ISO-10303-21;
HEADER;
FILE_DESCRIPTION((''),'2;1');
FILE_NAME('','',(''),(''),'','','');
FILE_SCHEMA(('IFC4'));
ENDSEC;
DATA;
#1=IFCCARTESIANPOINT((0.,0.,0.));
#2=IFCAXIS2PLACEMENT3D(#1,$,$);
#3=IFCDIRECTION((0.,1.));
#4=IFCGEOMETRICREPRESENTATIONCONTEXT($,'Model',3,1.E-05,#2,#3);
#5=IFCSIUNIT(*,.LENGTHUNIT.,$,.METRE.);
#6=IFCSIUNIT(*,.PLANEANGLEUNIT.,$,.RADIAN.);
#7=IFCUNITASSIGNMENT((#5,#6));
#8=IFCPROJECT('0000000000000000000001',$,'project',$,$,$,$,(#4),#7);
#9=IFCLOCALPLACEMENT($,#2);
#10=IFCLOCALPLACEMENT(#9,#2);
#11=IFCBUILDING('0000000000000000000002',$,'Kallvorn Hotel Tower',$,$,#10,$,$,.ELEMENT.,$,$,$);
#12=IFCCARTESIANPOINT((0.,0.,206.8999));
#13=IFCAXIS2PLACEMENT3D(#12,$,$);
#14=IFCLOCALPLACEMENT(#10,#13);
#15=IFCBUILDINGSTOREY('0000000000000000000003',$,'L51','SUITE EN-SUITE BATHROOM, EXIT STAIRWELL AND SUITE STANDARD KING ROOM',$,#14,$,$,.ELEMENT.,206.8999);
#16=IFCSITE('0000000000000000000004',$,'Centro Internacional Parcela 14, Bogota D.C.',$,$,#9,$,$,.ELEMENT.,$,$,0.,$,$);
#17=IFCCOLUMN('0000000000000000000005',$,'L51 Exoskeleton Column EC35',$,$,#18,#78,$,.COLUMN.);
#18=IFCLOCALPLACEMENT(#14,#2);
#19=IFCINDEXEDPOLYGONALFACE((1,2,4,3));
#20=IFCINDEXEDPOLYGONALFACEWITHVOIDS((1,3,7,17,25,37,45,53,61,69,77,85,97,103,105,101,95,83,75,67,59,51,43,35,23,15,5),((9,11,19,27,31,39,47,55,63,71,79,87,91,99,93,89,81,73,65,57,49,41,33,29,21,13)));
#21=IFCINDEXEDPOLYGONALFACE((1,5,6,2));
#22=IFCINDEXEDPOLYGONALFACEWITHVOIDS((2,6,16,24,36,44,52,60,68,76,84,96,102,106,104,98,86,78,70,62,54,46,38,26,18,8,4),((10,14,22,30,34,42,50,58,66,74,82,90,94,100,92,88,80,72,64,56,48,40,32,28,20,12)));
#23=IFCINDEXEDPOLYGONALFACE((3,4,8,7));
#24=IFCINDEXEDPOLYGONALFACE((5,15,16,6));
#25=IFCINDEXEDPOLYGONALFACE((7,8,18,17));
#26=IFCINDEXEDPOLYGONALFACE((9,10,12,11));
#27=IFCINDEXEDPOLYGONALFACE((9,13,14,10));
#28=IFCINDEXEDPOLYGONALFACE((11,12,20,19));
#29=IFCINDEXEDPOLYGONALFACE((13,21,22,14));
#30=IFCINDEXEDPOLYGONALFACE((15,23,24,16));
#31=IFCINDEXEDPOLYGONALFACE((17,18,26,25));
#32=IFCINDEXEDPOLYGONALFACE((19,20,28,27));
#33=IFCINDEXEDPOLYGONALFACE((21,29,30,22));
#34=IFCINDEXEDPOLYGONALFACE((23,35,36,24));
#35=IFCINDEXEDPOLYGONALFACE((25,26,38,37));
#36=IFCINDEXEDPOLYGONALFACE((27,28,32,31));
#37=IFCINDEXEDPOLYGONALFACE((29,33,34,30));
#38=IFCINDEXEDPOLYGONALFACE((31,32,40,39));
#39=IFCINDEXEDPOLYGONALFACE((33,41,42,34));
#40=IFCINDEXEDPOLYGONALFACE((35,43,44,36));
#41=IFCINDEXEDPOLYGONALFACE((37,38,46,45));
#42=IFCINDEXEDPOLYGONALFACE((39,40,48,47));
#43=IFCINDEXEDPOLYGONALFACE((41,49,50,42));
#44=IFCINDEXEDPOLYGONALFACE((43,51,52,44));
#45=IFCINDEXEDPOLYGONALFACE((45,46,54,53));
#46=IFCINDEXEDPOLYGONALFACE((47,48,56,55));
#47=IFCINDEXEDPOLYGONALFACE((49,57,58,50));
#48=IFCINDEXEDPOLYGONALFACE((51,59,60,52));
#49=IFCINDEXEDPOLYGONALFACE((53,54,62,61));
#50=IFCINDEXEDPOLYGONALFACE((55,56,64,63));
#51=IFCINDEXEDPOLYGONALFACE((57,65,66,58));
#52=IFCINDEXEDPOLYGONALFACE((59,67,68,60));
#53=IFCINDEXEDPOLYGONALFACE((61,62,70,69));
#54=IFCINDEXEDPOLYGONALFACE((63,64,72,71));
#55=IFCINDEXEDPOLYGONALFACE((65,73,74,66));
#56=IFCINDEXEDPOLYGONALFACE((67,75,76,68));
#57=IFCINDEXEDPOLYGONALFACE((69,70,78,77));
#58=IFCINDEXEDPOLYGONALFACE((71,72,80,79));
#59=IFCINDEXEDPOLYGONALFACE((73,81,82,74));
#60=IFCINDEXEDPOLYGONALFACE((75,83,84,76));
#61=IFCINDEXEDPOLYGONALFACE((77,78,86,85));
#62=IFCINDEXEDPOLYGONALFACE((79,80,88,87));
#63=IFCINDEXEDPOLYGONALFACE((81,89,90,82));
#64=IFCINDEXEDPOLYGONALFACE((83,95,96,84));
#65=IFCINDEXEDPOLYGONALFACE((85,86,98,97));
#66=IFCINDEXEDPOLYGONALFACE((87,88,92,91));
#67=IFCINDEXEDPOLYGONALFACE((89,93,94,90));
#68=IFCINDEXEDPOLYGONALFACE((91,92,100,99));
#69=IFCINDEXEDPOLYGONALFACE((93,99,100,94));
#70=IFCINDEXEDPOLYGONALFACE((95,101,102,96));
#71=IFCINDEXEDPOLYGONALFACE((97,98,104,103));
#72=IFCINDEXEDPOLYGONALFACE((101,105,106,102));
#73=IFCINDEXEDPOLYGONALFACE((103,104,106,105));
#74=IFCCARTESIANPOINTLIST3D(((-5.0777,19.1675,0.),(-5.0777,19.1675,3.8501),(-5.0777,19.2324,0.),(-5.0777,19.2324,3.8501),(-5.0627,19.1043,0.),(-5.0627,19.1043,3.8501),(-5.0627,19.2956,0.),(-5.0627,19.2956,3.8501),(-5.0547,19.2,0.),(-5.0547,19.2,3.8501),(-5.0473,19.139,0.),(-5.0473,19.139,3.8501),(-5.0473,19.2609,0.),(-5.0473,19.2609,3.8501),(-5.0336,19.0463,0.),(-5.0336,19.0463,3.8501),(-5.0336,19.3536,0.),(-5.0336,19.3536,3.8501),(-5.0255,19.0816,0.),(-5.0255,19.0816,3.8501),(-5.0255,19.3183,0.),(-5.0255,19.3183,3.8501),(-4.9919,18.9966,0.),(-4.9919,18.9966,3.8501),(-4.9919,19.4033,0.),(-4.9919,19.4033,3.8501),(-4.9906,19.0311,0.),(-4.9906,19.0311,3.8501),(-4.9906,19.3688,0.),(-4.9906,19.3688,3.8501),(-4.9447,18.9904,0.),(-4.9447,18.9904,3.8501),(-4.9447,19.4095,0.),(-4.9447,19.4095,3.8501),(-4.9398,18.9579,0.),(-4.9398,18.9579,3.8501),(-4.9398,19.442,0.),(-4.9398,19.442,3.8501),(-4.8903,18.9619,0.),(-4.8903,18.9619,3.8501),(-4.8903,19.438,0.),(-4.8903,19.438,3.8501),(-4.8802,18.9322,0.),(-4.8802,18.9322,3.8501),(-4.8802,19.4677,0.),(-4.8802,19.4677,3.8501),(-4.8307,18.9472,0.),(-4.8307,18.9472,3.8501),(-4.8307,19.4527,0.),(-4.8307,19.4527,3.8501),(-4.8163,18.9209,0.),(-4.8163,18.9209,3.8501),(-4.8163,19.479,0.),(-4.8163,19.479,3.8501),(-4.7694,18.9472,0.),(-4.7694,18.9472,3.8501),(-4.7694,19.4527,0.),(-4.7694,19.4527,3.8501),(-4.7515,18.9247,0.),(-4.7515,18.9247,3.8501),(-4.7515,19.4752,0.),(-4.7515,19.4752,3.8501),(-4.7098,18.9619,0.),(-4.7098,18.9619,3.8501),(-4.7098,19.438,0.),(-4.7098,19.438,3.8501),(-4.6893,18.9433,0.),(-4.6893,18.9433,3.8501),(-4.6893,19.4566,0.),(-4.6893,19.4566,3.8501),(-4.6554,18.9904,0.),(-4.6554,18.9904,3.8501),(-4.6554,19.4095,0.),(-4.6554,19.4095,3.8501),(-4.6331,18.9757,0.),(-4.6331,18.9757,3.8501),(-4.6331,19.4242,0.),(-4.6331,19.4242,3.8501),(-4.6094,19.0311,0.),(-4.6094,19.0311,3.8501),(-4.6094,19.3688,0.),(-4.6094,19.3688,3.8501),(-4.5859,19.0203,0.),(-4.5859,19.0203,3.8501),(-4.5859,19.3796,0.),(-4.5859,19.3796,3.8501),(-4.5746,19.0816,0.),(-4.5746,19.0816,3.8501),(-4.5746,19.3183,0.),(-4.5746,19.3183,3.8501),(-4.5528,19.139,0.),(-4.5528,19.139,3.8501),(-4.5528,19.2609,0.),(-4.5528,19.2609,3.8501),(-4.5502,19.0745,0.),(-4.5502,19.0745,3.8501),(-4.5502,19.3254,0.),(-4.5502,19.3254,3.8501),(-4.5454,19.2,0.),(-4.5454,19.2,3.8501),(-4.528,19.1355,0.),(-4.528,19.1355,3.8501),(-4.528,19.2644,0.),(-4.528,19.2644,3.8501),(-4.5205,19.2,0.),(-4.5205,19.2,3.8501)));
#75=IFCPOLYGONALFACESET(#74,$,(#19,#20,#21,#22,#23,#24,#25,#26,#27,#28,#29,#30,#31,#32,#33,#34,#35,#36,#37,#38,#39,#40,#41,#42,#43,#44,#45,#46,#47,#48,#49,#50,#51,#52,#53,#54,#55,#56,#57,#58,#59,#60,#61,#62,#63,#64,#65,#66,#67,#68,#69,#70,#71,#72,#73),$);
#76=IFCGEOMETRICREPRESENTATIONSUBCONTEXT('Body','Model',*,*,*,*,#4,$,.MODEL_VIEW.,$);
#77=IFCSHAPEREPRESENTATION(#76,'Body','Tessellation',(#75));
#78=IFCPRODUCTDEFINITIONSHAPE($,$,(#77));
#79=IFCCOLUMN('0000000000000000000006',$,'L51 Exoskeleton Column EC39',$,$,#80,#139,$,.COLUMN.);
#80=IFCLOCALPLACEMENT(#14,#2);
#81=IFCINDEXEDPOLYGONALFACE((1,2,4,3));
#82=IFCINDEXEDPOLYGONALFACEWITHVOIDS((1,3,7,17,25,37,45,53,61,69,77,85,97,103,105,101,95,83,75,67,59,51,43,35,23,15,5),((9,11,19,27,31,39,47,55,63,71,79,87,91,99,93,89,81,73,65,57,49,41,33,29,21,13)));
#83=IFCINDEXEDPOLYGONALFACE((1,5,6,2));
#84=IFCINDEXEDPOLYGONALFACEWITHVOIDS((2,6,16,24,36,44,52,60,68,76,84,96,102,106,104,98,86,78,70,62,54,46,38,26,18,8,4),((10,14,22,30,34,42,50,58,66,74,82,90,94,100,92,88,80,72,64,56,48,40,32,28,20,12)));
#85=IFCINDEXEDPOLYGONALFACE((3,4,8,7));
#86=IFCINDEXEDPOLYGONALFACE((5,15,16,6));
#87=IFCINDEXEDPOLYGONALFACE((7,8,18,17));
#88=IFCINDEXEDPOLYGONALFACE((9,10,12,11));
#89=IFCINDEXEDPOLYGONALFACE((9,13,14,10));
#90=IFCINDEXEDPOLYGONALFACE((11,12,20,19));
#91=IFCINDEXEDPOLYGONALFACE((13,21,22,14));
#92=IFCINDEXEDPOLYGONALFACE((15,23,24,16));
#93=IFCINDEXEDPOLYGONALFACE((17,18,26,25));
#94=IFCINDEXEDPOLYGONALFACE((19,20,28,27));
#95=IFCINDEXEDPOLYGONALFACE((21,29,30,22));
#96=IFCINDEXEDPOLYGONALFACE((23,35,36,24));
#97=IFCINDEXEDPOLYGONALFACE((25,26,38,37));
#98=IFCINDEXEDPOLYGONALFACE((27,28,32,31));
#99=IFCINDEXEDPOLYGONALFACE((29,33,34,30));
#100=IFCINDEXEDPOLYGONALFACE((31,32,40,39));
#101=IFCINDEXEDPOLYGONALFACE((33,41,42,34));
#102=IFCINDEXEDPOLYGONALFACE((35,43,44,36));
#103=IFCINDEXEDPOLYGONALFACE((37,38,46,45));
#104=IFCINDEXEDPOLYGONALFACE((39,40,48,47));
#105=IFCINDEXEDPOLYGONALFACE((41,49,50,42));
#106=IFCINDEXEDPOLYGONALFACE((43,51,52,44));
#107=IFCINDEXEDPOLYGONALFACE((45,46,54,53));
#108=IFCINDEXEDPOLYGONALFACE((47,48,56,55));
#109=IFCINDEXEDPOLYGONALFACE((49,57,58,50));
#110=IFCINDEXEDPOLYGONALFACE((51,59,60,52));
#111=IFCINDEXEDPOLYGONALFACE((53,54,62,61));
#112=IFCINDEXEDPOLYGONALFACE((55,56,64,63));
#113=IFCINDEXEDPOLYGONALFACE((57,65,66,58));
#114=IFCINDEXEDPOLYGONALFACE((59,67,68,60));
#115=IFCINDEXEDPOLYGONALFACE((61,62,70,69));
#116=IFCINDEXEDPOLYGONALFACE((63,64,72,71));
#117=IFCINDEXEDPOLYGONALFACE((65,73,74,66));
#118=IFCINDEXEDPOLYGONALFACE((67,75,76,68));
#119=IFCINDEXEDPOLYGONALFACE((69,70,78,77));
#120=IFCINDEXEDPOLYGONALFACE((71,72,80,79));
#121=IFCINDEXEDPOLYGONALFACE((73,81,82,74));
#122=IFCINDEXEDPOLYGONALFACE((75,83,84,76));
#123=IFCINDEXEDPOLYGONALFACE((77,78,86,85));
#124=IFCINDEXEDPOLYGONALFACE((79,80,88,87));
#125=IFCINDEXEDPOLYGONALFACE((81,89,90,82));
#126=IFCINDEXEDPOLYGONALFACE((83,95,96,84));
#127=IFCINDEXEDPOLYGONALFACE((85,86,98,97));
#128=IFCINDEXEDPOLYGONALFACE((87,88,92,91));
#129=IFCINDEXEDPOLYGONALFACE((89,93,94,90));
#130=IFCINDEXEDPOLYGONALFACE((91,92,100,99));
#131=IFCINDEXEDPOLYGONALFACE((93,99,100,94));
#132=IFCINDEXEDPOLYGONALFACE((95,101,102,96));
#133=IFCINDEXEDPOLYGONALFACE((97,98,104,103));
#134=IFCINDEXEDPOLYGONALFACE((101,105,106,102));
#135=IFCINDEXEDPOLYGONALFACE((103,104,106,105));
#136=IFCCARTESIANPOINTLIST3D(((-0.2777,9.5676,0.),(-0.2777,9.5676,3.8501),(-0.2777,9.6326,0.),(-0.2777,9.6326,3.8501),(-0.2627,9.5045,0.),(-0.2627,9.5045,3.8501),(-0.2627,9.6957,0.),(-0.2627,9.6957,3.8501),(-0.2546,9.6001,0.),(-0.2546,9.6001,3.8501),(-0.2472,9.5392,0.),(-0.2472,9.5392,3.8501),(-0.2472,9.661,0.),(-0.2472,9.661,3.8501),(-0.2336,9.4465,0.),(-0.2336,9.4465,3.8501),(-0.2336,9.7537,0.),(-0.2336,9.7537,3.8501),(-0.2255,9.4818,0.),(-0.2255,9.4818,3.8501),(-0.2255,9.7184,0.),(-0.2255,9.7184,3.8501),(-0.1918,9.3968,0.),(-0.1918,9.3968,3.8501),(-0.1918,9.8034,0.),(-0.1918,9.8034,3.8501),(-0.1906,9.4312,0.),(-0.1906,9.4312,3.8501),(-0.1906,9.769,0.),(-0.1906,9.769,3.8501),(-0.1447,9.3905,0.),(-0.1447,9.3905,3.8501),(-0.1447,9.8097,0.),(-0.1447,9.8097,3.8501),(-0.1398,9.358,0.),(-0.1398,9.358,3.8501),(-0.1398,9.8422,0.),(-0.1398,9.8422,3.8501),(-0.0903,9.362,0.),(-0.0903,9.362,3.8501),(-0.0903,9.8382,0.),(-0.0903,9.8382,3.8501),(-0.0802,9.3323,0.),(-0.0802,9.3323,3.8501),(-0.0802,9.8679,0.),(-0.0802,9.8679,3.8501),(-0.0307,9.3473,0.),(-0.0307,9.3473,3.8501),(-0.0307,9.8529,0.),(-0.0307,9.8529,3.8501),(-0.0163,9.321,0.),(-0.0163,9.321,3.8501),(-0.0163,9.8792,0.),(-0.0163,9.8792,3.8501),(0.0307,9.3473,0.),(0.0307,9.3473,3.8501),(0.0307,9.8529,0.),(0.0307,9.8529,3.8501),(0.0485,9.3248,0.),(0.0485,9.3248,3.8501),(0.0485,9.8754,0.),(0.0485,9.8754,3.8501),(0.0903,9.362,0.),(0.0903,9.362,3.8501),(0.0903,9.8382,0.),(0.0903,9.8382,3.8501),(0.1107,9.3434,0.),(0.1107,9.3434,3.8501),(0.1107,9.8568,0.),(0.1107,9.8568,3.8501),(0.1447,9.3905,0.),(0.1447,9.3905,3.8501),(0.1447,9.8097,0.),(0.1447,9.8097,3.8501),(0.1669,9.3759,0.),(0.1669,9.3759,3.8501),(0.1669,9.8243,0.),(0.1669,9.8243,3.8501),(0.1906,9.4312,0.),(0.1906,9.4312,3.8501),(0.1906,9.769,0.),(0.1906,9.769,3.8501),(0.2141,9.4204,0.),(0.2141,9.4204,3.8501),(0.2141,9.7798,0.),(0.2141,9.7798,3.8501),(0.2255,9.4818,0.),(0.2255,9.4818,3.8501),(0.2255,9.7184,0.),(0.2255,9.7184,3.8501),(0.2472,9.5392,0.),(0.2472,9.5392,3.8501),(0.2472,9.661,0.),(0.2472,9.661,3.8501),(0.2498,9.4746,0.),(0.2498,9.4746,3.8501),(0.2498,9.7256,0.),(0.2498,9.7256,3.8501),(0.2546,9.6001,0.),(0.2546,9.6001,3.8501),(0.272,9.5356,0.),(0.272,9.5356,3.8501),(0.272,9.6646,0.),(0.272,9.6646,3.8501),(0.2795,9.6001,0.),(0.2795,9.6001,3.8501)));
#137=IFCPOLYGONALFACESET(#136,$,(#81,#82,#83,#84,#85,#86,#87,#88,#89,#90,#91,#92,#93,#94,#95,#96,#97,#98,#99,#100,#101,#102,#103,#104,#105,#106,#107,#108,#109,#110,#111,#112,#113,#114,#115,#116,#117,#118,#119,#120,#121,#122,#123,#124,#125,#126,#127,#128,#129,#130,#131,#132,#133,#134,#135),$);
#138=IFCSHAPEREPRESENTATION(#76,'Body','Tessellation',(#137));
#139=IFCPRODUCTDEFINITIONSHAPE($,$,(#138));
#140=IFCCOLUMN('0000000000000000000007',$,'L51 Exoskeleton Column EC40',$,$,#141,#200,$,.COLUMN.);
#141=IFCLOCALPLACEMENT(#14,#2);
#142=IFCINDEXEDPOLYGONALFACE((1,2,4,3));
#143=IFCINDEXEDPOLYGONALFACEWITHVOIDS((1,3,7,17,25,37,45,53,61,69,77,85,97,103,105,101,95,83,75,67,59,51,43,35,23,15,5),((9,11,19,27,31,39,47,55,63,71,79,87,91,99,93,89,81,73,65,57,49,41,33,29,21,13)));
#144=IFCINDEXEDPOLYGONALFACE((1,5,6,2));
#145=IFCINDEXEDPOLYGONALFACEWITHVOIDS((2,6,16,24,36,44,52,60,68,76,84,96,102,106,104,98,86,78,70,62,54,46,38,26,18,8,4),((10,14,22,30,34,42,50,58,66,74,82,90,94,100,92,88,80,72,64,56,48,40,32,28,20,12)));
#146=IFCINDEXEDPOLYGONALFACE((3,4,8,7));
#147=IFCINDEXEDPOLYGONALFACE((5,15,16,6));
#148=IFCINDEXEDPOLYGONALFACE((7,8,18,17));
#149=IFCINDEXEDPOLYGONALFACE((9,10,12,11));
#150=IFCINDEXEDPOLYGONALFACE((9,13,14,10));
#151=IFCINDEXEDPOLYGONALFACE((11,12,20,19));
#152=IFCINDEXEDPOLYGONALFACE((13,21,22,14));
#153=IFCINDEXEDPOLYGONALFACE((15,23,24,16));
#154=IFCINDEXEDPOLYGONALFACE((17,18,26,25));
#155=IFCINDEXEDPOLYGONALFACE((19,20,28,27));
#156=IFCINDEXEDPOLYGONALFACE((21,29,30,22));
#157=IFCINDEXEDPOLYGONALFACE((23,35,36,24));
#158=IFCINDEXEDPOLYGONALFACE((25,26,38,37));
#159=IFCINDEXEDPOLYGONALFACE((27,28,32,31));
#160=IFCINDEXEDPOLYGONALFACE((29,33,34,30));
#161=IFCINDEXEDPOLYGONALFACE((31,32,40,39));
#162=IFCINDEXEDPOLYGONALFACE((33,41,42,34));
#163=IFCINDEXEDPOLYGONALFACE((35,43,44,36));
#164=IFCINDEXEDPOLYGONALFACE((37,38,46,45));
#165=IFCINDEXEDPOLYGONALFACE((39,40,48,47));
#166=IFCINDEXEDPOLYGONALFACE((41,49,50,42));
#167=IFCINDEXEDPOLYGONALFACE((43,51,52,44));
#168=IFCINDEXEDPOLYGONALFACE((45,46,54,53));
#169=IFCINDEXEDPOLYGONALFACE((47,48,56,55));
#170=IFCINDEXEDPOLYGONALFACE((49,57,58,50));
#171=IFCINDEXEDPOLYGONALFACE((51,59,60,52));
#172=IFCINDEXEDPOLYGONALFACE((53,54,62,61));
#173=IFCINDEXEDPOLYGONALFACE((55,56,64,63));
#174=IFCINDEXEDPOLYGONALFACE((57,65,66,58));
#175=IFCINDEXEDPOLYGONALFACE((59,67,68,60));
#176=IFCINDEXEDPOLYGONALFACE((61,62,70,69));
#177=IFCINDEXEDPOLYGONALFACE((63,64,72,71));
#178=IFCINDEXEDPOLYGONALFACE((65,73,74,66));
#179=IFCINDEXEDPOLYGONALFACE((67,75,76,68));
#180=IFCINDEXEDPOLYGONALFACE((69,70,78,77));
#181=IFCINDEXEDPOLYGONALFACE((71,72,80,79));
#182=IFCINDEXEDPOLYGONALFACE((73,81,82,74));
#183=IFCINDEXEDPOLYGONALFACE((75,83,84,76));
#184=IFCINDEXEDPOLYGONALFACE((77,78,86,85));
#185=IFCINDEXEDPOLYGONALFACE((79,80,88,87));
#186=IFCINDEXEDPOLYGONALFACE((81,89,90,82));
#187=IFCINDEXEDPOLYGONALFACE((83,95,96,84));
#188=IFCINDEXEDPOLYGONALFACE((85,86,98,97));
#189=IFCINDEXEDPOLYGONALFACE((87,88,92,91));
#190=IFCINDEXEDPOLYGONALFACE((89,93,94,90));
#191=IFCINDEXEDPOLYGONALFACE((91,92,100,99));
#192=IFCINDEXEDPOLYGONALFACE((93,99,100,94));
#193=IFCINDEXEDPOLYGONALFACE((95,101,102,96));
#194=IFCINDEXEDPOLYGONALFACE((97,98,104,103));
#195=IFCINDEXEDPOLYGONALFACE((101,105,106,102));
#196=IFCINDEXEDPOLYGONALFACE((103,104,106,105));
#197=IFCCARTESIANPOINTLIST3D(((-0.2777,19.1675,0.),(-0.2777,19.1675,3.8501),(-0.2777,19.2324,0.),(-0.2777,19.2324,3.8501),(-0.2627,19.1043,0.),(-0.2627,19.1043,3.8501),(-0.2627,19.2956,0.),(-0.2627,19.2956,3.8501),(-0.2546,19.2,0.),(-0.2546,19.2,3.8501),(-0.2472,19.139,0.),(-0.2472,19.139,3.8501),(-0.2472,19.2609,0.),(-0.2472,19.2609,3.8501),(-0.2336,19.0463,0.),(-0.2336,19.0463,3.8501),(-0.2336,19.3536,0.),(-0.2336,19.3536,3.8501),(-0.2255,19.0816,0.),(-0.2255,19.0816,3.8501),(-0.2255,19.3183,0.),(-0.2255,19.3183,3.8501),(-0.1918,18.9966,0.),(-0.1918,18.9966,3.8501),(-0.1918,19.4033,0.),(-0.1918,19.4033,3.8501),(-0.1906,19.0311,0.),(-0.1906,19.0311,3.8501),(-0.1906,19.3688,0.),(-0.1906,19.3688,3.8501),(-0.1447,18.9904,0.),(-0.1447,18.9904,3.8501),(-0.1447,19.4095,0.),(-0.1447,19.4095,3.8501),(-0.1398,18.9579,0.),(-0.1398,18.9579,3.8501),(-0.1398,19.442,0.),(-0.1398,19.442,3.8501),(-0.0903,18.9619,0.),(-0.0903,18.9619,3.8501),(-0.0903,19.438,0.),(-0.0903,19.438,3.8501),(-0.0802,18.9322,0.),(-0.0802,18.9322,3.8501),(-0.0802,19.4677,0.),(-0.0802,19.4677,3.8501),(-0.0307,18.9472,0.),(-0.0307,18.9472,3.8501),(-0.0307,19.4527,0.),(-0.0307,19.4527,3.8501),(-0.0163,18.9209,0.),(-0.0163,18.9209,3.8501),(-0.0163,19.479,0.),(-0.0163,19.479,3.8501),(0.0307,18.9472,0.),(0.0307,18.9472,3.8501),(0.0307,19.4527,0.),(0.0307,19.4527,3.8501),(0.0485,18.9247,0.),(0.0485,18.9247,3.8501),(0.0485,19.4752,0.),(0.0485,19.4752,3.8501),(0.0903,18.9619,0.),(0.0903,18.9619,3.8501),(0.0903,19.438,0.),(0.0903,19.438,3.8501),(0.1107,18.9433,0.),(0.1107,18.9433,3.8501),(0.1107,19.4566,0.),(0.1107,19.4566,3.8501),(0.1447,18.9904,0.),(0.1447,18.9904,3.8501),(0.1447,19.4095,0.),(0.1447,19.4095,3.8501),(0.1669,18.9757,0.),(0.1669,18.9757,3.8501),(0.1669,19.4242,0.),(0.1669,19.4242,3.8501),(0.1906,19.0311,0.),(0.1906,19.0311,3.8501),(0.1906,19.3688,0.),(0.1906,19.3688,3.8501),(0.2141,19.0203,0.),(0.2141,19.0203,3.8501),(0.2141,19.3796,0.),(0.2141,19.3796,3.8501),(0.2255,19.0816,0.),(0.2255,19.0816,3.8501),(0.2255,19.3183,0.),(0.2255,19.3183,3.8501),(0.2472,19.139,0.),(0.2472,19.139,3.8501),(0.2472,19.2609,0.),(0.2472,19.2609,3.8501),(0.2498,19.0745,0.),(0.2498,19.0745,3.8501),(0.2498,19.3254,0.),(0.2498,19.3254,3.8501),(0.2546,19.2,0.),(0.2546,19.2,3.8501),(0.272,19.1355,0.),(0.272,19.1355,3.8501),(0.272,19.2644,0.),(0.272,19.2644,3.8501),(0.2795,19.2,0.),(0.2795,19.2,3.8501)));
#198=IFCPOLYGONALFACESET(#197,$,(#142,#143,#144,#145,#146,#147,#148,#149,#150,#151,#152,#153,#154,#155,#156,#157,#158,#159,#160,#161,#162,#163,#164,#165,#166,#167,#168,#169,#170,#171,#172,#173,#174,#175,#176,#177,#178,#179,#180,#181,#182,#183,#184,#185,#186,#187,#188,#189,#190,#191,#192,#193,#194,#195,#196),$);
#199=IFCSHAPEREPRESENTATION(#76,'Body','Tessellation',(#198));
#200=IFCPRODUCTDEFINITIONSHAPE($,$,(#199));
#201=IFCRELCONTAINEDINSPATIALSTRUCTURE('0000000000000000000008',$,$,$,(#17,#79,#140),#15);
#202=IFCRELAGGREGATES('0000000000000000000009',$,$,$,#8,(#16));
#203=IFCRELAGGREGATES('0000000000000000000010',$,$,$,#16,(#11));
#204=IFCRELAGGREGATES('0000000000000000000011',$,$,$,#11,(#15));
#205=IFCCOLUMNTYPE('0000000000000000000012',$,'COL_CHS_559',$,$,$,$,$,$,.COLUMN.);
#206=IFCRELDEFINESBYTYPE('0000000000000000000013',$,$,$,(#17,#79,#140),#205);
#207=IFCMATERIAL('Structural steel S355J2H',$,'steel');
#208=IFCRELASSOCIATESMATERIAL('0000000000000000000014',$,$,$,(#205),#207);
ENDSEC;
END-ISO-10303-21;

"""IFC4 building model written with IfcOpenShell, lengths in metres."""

from ifc_helpers import new_model, si_unit, direction, frame, origin, origin_2d, place, context, subcontext, project, spatial, hollow_circle, extrude, material, material_profile, profile_set, type_object, element, save


model = new_model("IFC4")

# Units and contexts
model_context = context("Model", 3, precision=1e-05, world=origin(), true_north=direction((0.0, 1.0)))
body_context = subcontext(model_context, "Body", "Model", "MODEL_VIEW")
ifc_project = project(units=[si_unit("LENGTHUNIT", "METRE"), si_unit("PLANEANGLEUNIT", "RADIAN")], contexts=[model_context])

# Site, building, storey
site_placement = place(None, origin())
site = spatial("IfcSite", under=ifc_project, at=site_placement, Name="Centro Internacional Parcela 14, Bogota D.C.", CompositionType="ELEMENT", RefElevation=0.0)
building_placement = place(site_placement, origin())
building = spatial("IfcBuilding", under=site, at=building_placement, Name="Kallvorn Hotel Tower", CompositionType="ELEMENT")
storey_placement = place(building_placement, frame((0.0, 0.0, 206.8999)))
storey = spatial("IfcBuildingStorey", under=building, at=storey_placement, Name="L51", Description="SUITE EN-SUITE BATHROOM, EXIT STAIRWELL AND SUITE STANDARD KING ROOM", CompositionType="ELEMENT", Elevation=206.8999)

# Columns
ifc_material_1 = material(Name="Structural steel S355J2H", Category="steel")
ifc_material_profile_1 = material_profile(ifc_material_1, hollow_circle(Radius=0.2795, WallThickness=0.0249, at=origin_2d()), Name="CHS 559x25")
ifc_profile_set_1 = profile_set([ifc_material_profile_1], Name="Structural steel S355J2H")
column_type_1 = type_object("IfcColumnType", Name="COL_CHS_559", PredefinedType="COLUMN", material=ifc_profile_set_1)
for number, where, z_axis, x_axis, name in (
    (1, (-4.8, 19.2, 0.0), (0.0, 0.0, 1.0), (1.0, 0.0, 0.0), "L51 Exoskeleton Column EC35"),
    (2, (0.0, 9.6001, 0.0), (0.0, 0.0, 1.0), (1.0, 0.0, 0.0), "L51 Exoskeleton Column EC39"),
    (3, (0.0, 19.2, 0.0), (0.0, 0.0, 1.0), (1.0, 0.0, 0.0), "L51 Exoskeleton Column EC40"),
):
    element("IfcColumn", number, at=place(storey_placement, frame(where, z_axis=z_axis, x_axis=x_axis)), inside=storey, type_object=column_type_1, Name=name, PredefinedType="COLUMN", context=body_context, shape_type="SweptSolid", body=[
        extrude(hollow_circle(Radius=0.2795, WallThickness=0.0249, at=origin_2d()), origin(), (0.0, 0.0, 1.0), 3.8501),
    ])

save(model, "model.ifc")
